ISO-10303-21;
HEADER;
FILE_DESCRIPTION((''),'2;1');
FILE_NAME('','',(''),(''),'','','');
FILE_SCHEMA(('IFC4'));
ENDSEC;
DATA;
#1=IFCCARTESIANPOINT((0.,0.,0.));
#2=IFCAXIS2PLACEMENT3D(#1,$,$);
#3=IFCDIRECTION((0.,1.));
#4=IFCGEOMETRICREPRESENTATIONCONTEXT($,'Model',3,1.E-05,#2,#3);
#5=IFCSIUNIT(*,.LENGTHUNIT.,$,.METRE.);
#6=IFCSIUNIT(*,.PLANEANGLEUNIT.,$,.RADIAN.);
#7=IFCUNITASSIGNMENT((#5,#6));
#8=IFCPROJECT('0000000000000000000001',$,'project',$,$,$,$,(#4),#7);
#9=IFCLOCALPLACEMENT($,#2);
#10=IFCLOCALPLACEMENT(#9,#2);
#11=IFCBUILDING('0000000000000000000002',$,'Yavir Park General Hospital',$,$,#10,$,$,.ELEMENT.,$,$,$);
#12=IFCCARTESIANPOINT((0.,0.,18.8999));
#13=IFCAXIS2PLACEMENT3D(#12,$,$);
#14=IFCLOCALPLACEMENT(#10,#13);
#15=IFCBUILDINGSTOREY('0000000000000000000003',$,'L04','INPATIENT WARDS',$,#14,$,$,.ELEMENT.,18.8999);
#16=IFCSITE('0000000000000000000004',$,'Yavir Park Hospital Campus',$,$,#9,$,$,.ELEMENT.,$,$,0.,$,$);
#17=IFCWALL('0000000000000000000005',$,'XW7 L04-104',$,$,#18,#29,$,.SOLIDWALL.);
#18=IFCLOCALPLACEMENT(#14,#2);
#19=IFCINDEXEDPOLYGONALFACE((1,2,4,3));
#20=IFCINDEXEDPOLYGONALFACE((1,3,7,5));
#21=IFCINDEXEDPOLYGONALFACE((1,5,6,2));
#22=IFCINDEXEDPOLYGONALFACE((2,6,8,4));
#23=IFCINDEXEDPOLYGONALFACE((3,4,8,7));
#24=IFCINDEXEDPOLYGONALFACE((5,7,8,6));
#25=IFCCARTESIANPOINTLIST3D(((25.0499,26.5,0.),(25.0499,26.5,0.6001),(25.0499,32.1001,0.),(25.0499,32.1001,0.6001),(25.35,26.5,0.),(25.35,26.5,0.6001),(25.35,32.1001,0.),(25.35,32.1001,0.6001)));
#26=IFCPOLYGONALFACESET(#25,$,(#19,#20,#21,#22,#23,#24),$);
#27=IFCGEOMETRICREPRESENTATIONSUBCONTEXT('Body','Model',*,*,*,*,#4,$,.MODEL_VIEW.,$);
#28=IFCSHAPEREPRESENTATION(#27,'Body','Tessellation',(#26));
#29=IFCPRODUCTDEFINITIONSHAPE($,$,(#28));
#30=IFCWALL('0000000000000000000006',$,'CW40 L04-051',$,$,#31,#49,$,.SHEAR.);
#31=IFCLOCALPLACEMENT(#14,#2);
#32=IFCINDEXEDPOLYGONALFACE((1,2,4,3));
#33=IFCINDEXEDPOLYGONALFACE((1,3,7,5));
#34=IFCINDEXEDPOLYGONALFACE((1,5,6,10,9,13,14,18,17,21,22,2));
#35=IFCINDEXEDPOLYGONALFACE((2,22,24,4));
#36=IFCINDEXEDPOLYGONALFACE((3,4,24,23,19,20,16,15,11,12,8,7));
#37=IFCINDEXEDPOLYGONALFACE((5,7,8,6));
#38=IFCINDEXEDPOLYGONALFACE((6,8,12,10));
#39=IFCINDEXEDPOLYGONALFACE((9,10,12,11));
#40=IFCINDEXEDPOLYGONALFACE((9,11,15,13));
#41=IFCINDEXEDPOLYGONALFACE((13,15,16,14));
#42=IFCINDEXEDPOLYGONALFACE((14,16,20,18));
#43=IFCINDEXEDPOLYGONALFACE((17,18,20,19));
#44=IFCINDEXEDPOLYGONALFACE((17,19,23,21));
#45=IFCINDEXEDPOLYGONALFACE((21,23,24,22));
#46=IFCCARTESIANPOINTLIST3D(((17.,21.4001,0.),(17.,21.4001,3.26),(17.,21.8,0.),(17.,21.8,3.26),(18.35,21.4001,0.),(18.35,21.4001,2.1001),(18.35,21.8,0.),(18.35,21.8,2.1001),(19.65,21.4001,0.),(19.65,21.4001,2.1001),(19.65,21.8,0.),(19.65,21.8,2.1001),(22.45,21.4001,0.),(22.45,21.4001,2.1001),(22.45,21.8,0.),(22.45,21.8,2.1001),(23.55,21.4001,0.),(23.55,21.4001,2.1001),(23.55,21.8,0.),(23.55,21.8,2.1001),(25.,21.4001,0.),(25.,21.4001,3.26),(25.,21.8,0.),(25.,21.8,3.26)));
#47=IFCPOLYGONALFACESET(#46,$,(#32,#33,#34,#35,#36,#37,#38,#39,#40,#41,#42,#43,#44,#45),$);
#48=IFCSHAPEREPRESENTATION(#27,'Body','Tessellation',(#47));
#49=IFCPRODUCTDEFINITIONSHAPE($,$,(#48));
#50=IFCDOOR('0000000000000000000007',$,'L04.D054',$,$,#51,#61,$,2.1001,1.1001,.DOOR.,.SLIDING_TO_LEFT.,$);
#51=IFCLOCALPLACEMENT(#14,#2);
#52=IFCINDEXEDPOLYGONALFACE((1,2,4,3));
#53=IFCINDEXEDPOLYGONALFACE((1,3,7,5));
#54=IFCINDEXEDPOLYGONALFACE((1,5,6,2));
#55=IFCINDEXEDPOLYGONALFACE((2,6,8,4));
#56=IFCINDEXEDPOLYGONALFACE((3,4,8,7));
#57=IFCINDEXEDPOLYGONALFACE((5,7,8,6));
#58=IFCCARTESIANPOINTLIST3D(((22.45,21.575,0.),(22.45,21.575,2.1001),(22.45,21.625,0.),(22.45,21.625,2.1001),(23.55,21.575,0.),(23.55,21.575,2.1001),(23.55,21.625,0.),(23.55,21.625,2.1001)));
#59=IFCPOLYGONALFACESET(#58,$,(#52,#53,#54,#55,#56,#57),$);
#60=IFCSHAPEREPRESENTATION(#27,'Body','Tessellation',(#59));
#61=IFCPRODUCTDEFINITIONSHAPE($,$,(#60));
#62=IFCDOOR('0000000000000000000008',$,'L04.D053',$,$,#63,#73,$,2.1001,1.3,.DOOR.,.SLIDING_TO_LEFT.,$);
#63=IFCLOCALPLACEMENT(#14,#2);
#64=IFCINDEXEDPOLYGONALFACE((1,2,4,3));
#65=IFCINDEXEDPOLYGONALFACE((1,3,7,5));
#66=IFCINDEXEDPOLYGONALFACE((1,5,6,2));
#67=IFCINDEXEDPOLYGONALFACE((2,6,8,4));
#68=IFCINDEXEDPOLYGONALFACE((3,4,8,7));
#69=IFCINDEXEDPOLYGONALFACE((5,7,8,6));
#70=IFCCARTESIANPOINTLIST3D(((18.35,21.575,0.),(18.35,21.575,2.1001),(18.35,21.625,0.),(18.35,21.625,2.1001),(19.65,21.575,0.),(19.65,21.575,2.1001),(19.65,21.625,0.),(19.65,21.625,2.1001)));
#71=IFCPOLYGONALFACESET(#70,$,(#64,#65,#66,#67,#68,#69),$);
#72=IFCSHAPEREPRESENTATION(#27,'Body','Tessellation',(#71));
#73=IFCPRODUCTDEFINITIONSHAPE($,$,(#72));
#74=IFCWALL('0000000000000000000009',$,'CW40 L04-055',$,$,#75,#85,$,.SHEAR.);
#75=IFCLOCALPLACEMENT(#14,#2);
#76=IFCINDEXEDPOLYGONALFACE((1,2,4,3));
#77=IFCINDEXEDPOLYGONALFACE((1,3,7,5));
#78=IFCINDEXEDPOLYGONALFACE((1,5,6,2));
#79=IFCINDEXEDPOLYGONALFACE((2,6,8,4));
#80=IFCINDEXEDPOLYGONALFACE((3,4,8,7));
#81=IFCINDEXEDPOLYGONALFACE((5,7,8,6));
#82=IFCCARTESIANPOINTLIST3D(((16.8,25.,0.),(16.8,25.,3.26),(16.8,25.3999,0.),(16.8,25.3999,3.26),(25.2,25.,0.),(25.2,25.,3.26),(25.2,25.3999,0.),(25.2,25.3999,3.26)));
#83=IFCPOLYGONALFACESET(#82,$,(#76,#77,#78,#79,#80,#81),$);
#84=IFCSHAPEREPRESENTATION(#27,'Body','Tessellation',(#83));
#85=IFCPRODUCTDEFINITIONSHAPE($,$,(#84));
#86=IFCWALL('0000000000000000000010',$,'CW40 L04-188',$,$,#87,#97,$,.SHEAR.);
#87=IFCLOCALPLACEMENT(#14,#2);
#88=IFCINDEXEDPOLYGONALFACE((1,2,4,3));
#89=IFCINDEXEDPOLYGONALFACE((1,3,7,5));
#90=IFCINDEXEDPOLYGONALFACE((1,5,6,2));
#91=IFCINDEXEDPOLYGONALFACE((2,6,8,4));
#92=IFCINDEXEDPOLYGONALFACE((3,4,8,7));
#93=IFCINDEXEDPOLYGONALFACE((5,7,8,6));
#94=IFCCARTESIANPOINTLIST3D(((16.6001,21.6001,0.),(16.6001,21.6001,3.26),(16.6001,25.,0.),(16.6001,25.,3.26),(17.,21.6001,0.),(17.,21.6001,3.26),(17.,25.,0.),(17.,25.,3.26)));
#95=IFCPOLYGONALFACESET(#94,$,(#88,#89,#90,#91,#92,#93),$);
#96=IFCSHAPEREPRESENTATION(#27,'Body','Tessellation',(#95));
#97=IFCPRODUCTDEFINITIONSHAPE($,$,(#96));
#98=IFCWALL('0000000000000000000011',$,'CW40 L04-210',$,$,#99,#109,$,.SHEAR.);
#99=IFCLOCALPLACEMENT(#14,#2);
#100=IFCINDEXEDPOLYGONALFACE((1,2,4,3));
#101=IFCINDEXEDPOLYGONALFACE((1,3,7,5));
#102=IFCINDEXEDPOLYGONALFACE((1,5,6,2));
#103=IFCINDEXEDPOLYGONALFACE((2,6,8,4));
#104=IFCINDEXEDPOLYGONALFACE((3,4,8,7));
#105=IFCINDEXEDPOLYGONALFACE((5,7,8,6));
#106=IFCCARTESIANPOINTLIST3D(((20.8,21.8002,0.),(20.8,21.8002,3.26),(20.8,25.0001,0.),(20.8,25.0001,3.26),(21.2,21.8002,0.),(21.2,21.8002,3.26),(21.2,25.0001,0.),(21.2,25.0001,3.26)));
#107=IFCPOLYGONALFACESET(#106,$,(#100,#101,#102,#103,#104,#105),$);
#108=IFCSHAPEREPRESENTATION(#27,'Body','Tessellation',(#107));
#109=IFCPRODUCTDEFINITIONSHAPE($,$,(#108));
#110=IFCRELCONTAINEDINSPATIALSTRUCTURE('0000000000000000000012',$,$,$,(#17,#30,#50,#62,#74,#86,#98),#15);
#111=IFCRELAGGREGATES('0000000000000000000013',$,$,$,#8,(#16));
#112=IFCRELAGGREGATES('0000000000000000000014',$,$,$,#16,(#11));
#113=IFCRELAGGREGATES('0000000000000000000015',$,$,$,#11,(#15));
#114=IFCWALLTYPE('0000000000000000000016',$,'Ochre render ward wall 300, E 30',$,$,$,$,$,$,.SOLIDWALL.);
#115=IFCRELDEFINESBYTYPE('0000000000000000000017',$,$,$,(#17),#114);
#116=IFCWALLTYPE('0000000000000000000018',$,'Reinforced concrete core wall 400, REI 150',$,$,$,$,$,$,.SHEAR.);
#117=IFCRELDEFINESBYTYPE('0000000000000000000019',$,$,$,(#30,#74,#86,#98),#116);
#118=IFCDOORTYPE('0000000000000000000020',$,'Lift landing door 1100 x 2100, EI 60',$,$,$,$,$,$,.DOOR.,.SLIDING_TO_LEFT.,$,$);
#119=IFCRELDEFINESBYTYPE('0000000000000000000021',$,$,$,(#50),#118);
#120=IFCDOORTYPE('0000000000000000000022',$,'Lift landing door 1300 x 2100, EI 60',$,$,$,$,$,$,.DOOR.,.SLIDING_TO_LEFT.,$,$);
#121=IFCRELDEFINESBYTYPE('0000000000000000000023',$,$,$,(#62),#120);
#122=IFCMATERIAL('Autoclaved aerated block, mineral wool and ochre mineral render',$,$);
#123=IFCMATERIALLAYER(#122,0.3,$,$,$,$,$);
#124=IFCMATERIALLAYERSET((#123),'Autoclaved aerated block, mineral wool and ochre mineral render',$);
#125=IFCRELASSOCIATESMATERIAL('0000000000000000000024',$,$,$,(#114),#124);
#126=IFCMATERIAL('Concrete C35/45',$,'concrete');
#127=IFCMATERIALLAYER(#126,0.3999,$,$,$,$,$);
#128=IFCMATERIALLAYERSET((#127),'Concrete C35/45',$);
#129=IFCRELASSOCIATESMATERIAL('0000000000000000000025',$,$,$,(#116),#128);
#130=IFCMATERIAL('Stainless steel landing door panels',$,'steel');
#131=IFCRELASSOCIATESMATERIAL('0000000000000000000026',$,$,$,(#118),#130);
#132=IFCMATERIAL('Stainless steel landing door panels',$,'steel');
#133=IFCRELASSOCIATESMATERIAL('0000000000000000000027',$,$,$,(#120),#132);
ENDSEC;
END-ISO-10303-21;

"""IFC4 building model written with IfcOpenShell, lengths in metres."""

from ifc_helpers import new_model, si_unit, direction, frame, frame_2d, origin, place, context, subcontext, project, spatial, rectangle, extrude, material, layer, layer_set, type_object, element, fill, save


model = new_model("IFC4")

# Units and contexts
model_context = context("Model", 3, precision=1e-05, world=origin(), true_north=direction((0.0, 1.0)))
body_context = subcontext(model_context, "Body", "Model", "MODEL_VIEW")
ifc_project = project(units=[si_unit("LENGTHUNIT", "METRE"), si_unit("PLANEANGLEUNIT", "RADIAN")], contexts=[model_context])

# Site, building, storey
site_placement = place(None, origin())
site = spatial("IfcSite", under=ifc_project, at=site_placement, Name="Yavir Park Hospital Campus", CompositionType="ELEMENT", RefElevation=0.0)
building_placement = place(site_placement, origin())
building = spatial("IfcBuilding", under=site, at=building_placement, Name="Yavir Park General Hospital", CompositionType="ELEMENT")
storey_placement = place(building_placement, frame((0.0, 0.0, 18.8999)))
storey = spatial("IfcBuildingStorey", under=building, at=storey_placement, Name="L04", Description="INPATIENT WARDS", CompositionType="ELEMENT", Elevation=18.8999)

# Wall
ifc_material_1 = material(Name="Autoclaved aerated block, mineral wool and ochre mineral render")
ifc_layer_1 = layer(ifc_material_1, 0.3)
ifc_layer_set_1 = layer_set([ifc_layer_1], Name="Autoclaved aerated block, mineral wool and ochre mineral render")
wall_type_1 = type_object("IfcWallType", Name="Ochre render ward wall 300, E 30", PredefinedType="SOLIDWALL", material=ifc_layer_set_1)
wall_1_placement = place(storey_placement, frame((25.2, 26.5, 0.0), z_axis=(0.0, 0.0, 1.0), x_axis=(0.0, 1.0, 0.0)))
element("IfcWall", 1, at=wall_1_placement, inside=storey, type_object=wall_type_1, Name="XW7 L04-104", PredefinedType="SOLIDWALL", context=body_context, shape_type="SweptSolid", body=[
    extrude(rectangle(XDim=5.6001, YDim=0.3, at=frame_2d((2.8, 0.0))), origin(), (0.0, 0.0, 1.0), 0.6001),
])

# Wall, openings, doors
ifc_material_2 = material(Name="Concrete C35/45", Category="concrete")
ifc_layer_2 = layer(ifc_material_2, 0.3999)
ifc_layer_set_2 = layer_set([ifc_layer_2], Name="Concrete C35/45")
wall_type_2 = type_object("IfcWallType", Name="Reinforced concrete core wall 400, REI 150", PredefinedType="SHEAR", material=ifc_layer_set_2)
wall_2_placement = place(storey_placement, frame((17.0, 21.6001, 0.0), z_axis=(0.0, 0.0, 1.0), x_axis=(1.0, 0.0, 0.0)))
wall_2 = element("IfcWall", 2, at=wall_2_placement, inside=storey, type_object=wall_type_2, Name="CW40 L04-051", PredefinedType="SHEAR", context=body_context, shape_type="SweptSolid", body=[
    extrude(rectangle(XDim=8.0, YDim=0.3999, at=frame_2d((4.0, 0.0))), origin(), (0.0, 0.0, 1.0), 3.26),
])
opening_1_placement = place(wall_2_placement, frame((1.3501, 0.0, 0.0)))
opening_1 = element("IfcOpeningElement", 3, at=opening_1_placement, cuts=wall_2, PredefinedType="OPENING", context=body_context, shape_type="SweptSolid", body=[
    extrude(rectangle(XDim=1.3, YDim=2.1001, at=frame_2d((0.6499, 1.05))), frame((0.0, 0.21, 0.0), z_axis=(0.0, -1.0, 0.0), x_axis=(1.0, 0.0, 0.0)), (0.0, 0.0, 1.0), 0.4199),
])
opening_2_placement = place(wall_2_placement, frame((5.45, 0.0, 0.0)))
opening_2 = element("IfcOpeningElement", 4, at=opening_2_placement, cuts=wall_2, PredefinedType="OPENING", context=body_context, shape_type="SweptSolid", body=[
    extrude(rectangle(XDim=1.1001, YDim=2.1001, at=frame_2d((0.55, 1.05))), frame((0.0, 0.21, 0.0), z_axis=(0.0, -1.0, 0.0), x_axis=(1.0, 0.0, 0.0)), (0.0, 0.0, 1.0), 0.4199),
])
ifc_material_3 = material(Name="Stainless steel landing door panels", Category="steel")
door_type_1 = type_object("IfcDoorType", Name="Lift landing door 1100 x 2100, EI 60", OperationType="SLIDING_TO_LEFT", PredefinedType="DOOR", material=ifc_material_3)
door_1_placement = place(opening_2_placement, origin())
door_1 = element("IfcDoor", 5, at=door_1_placement, inside=storey, type_object=door_type_1, Name="L04.D054", OperationType="SLIDING_TO_LEFT", OverallHeight=2.1001, OverallWidth=1.1001, PredefinedType="DOOR", context=body_context, shape_type="SweptSolid", body=[
    extrude(rectangle(XDim=1.1001, YDim=2.1001, at=frame_2d((0.55, 1.05))), frame((0.0, 0.0249, 0.0), z_axis=(0.0, -1.0, 0.0), x_axis=(1.0, 0.0, 0.0)), (0.0, 0.0, 1.0), 0.05),
])
fill(opening_2, door_1)
ifc_material_4 = material(Name="Stainless steel landing door panels", Category="steel")
door_type_2 = type_object("IfcDoorType", Name="Lift landing door 1300 x 2100, EI 60", OperationType="SLIDING_TO_LEFT", PredefinedType="DOOR", material=ifc_material_4)
door_2_placement = place(opening_1_placement, origin())
door_2 = element("IfcDoor", 6, at=door_2_placement, inside=storey, type_object=door_type_2, Name="L04.D053", OperationType="SLIDING_TO_LEFT", OverallHeight=2.1001, OverallWidth=1.3, PredefinedType="DOOR", context=body_context, shape_type="SweptSolid", body=[
    extrude(rectangle(XDim=1.3, YDim=2.1001, at=frame_2d((0.6499, 1.05))), frame((0.0, 0.0249, 0.0), z_axis=(0.0, -1.0, 0.0), x_axis=(1.0, 0.0, 0.0)), (0.0, 0.0, 1.0), 0.05),
])
fill(opening_1, door_2)

# Walls
wall_3_placement = place(storey_placement, frame((16.8, 25.2, 0.0), z_axis=(0.0, 0.0, 1.0), x_axis=(1.0, 0.0, 0.0)))
element("IfcWall", 7, at=wall_3_placement, inside=storey, type_object=wall_type_2, Name="CW40 L04-055", PredefinedType="SHEAR", context=body_context, shape_type="SweptSolid", body=[
    extrude(rectangle(XDim=8.3999, YDim=0.3999, at=frame_2d((4.2, 0.0))), origin(), (0.0, 0.0, 1.0), 3.26),
])
wall_4_placement = place(storey_placement, frame((16.8, 21.6001, 0.0), z_axis=(0.0, 0.0, 1.0), x_axis=(0.0, 1.0, 0.0)))
element("IfcWall", 8, at=wall_4_placement, inside=storey, type_object=wall_type_2, Name="CW40 L04-188", PredefinedType="SHEAR", context=body_context, shape_type="SweptSolid", body=[
    extrude(rectangle(XDim=3.3999, YDim=0.3999, at=frame_2d((1.7, 0.0))), origin(), (0.0, 0.0, 1.0), 3.26),
])
wall_5_placement = place(storey_placement, frame((21.0, 21.8, 0.0), z_axis=(0.0, 0.0, 1.0), x_axis=(0.0, 1.0, 0.0)))
element("IfcWall", 9, at=wall_5_placement, inside=storey, type_object=wall_type_2, Name="CW40 L04-210", PredefinedType="SHEAR", context=body_context, shape_type="SweptSolid", body=[
    extrude(rectangle(XDim=3.2, YDim=0.3999, at=frame_2d((1.6001, 0.0))), origin(), (0.0, 0.0, 1.0), 3.26),
])

save(model, "model.ifc")
